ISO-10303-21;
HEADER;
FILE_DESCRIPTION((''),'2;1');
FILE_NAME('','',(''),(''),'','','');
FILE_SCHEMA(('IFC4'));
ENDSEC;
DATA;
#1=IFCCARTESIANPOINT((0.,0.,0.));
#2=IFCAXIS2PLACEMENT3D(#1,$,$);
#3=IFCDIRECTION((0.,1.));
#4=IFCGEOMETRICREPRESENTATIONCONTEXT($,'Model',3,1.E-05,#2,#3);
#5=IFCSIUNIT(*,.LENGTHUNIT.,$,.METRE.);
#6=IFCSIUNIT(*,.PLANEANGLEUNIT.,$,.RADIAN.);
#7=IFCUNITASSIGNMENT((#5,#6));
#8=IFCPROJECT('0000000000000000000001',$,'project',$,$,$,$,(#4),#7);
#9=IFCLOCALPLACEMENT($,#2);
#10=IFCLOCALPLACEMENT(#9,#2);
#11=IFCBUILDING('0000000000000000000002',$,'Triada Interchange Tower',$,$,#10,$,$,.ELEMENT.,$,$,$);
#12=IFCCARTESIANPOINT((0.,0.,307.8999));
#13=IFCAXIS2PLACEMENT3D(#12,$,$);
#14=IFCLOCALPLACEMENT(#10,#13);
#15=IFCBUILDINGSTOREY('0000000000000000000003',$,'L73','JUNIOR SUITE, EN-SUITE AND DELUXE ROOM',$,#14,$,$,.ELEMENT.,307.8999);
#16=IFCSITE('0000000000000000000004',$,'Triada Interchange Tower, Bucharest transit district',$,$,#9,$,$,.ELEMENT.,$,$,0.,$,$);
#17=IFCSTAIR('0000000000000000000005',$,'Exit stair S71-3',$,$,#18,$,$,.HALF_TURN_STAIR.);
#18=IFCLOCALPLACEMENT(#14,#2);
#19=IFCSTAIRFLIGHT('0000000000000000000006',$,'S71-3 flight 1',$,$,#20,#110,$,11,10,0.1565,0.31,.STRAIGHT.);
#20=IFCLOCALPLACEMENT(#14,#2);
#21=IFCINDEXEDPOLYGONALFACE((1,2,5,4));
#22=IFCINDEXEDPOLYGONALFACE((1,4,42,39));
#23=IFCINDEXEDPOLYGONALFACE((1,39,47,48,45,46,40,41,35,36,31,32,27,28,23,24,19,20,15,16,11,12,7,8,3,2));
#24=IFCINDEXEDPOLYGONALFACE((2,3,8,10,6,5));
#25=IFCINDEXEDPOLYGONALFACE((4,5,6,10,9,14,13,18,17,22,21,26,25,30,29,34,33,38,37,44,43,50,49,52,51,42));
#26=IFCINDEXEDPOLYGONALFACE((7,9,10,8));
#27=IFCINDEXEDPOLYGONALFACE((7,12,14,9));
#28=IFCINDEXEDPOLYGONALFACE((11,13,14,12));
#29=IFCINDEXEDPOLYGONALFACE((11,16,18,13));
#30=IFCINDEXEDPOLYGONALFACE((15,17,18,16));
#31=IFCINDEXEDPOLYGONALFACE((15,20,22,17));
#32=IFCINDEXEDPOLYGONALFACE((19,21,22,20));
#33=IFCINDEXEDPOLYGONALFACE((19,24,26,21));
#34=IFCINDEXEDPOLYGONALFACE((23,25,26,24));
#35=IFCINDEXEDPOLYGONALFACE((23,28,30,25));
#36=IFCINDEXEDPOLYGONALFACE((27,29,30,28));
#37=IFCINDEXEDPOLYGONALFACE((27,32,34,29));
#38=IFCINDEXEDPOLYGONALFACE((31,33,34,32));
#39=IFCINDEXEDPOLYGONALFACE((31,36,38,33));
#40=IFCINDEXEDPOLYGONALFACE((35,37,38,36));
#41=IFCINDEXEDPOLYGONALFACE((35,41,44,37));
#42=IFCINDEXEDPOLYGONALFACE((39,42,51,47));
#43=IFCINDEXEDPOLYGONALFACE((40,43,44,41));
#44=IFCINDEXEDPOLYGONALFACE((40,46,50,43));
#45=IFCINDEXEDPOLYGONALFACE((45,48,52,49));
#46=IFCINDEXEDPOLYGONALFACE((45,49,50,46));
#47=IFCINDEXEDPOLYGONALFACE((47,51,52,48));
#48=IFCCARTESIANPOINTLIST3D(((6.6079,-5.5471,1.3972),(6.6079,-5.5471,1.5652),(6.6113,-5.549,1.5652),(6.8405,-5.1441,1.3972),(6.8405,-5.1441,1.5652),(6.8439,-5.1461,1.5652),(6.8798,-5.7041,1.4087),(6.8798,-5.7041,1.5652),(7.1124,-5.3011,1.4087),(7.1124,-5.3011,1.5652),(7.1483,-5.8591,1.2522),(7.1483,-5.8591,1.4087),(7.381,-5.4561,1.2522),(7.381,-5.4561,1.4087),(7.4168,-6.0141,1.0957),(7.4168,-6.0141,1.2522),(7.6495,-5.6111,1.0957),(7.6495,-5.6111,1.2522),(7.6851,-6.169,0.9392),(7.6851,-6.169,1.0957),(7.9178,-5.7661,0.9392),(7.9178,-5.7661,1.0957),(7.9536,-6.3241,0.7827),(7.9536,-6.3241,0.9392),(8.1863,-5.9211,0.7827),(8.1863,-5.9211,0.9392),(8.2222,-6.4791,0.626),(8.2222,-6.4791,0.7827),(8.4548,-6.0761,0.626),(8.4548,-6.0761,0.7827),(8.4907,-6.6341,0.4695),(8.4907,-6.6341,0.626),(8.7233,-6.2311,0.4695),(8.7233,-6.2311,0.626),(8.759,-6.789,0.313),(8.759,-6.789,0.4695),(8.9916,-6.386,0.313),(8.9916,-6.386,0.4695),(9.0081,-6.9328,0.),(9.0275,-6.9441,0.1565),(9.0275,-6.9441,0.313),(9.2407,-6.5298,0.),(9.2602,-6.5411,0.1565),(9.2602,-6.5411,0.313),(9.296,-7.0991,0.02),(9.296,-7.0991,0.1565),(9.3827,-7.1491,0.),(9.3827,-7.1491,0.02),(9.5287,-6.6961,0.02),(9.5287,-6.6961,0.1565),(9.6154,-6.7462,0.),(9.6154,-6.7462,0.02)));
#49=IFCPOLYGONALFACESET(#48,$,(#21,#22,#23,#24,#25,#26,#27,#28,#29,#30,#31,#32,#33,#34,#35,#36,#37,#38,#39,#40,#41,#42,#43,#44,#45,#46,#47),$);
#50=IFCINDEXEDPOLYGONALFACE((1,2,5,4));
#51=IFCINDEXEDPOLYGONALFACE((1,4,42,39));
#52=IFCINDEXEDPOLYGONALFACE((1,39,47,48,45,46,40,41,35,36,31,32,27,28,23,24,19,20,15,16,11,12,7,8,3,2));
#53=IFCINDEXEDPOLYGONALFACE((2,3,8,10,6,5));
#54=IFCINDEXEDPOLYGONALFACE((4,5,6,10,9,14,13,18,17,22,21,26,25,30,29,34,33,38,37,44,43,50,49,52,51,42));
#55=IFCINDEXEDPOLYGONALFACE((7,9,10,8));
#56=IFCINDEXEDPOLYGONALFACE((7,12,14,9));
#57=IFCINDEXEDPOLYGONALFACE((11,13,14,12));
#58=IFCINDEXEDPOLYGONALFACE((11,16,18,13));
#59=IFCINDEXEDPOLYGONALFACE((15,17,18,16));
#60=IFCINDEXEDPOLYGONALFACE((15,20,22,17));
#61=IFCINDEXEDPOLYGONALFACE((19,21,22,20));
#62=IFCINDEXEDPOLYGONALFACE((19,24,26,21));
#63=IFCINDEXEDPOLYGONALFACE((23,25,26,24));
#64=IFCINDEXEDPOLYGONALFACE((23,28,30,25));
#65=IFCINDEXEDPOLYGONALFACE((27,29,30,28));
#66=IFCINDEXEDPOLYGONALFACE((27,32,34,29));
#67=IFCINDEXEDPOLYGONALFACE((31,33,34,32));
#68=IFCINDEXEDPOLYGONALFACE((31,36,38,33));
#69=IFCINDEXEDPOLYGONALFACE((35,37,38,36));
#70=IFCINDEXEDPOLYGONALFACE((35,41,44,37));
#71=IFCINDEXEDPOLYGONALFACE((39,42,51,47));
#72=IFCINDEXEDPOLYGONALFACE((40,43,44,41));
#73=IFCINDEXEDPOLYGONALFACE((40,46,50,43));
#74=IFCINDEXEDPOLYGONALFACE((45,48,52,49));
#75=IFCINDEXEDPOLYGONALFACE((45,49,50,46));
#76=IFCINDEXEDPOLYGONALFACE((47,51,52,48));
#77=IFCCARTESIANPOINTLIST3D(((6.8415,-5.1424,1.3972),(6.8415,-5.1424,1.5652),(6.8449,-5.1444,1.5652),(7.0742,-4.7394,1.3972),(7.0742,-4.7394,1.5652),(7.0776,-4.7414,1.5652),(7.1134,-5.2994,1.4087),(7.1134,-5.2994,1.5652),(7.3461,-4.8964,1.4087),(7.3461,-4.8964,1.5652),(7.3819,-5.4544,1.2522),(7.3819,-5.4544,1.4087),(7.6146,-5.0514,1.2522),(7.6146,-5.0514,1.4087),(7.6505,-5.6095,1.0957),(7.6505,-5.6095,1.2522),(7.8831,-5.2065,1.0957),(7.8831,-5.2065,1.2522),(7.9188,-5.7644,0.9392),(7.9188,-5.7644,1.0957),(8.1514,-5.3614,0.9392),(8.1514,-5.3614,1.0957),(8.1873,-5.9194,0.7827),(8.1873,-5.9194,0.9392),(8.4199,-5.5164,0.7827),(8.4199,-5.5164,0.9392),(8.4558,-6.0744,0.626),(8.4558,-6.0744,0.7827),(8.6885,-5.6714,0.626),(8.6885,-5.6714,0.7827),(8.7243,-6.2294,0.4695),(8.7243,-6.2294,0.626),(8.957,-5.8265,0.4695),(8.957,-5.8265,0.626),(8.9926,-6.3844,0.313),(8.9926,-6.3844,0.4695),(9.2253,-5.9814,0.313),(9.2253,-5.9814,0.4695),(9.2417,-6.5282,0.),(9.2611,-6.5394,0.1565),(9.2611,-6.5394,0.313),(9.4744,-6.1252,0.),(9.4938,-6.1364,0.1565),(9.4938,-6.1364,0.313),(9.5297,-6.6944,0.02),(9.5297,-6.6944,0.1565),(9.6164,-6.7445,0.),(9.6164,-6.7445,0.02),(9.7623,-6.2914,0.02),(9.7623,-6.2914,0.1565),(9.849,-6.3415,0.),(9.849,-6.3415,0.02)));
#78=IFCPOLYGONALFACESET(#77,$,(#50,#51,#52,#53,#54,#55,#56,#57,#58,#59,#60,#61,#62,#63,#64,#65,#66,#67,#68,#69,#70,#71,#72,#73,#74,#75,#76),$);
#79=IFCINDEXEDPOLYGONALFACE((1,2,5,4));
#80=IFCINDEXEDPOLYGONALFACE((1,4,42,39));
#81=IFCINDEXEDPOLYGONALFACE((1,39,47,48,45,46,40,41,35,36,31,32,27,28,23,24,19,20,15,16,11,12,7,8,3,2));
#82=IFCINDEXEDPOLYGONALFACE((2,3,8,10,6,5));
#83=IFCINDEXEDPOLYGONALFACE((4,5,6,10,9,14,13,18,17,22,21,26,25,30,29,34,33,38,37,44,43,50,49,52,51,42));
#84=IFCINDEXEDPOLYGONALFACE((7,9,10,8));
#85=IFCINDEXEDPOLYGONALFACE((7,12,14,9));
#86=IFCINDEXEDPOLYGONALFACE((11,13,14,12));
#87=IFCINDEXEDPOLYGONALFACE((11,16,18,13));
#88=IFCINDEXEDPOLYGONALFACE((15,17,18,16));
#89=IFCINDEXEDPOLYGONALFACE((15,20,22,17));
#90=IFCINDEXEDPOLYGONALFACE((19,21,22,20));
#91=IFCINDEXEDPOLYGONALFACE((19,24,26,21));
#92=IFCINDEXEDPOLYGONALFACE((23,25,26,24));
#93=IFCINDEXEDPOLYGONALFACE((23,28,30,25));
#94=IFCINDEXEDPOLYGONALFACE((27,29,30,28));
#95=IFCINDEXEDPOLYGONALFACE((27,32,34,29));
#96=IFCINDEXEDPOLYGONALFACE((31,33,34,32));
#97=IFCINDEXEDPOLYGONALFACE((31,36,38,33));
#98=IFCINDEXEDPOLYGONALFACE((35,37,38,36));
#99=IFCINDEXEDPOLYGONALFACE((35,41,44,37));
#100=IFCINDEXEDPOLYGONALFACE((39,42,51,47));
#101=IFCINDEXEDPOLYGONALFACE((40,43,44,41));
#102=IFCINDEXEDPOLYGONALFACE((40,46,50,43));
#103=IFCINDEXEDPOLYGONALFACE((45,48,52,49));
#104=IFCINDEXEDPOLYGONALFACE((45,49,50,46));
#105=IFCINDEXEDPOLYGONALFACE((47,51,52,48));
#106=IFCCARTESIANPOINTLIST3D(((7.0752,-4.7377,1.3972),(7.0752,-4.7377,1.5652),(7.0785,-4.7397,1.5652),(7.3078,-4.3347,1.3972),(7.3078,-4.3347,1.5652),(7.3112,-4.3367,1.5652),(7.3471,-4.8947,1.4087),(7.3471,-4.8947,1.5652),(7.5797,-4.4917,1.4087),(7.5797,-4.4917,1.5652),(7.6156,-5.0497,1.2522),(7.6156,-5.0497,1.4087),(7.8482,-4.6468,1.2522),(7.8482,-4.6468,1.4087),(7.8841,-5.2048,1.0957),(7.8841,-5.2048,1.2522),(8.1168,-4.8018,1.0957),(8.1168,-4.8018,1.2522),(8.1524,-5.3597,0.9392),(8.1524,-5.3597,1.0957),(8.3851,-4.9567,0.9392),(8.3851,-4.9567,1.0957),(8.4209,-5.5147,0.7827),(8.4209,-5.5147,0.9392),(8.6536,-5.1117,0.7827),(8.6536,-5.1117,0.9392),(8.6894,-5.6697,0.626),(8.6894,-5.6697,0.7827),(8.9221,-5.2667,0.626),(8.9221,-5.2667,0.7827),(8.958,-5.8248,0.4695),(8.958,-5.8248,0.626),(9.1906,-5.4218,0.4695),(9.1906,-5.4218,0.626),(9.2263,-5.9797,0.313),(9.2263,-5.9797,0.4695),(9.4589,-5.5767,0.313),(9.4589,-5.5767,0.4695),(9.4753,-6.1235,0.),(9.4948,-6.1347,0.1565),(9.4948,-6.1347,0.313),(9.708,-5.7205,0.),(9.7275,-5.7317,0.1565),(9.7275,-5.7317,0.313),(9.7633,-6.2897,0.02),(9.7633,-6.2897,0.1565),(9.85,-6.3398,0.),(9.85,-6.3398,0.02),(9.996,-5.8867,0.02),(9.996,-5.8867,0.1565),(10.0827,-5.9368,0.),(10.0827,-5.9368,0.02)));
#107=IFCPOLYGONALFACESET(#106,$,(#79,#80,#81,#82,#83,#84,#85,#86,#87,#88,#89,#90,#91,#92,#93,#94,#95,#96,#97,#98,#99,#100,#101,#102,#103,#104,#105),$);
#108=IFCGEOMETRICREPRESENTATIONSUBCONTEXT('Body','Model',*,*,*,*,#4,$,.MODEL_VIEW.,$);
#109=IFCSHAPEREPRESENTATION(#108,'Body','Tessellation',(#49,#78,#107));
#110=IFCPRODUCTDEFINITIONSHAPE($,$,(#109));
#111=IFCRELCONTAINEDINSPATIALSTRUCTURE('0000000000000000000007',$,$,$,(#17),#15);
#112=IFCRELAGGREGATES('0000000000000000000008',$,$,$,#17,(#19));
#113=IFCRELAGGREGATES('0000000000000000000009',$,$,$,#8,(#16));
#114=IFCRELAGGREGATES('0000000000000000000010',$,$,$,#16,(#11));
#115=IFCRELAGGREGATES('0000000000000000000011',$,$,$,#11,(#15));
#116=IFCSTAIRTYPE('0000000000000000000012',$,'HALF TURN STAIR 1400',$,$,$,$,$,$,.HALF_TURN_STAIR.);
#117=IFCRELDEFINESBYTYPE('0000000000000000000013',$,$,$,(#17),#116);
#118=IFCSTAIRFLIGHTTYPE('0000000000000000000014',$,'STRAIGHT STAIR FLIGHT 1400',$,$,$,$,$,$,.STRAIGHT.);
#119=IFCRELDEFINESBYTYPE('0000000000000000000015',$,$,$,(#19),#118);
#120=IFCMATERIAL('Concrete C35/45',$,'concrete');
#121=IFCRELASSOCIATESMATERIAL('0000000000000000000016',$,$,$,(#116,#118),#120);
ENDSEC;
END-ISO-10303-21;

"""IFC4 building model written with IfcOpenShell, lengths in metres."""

from ifc_helpers import new_model, si_unit, direction, frame, origin, place, context, subcontext, project, spatial, polyline, outline, extrude, material, type_object, element, aggregate, save


model = new_model("IFC4")

# Units and contexts
model_context = context("Model", 3, precision=1e-05, world=origin(), true_north=direction((0.0, 1.0)))
body_context = subcontext(model_context, "Body", "Model", "MODEL_VIEW")
ifc_project = project(units=[si_unit("LENGTHUNIT", "METRE"), si_unit("PLANEANGLEUNIT", "RADIAN")], contexts=[model_context])

# Site, building, storey
site_placement = place(None, origin())
site = spatial("IfcSite", under=ifc_project, at=site_placement, Name="Triada Interchange Tower, Bucharest transit district", CompositionType="ELEMENT", RefElevation=0.0)
building_placement = place(site_placement, origin())
building = spatial("IfcBuilding", under=site, at=building_placement, Name="Triada Interchange Tower", CompositionType="ELEMENT")
storey_placement = place(building_placement, frame((0.0, 0.0, 307.8999)))
storey = spatial("IfcBuildingStorey", under=building, at=storey_placement, Name="L73", Description="JUNIOR SUITE, EN-SUITE AND DELUXE ROOM", CompositionType="ELEMENT", Elevation=307.8999)

# Stair, stair flight
ifc_material_1 = material(Name="Concrete C35/45", Category="concrete")
stair_type = type_object("IfcStairType", Name="HALF TURN STAIR 1400", PredefinedType="HALF_TURN_STAIR", material=ifc_material_1)
stair_placement = place(storey_placement, origin())
stair = element("IfcStair", 1, at=stair_placement, inside=storey, type_object=stair_type, Name="Exit stair S71-3", PredefinedType="HALF_TURN_STAIR")
stair_flight_type = type_object("IfcStairFlightType", Name="STRAIGHT STAIR FLIGHT 1400", PredefinedType="STRAIGHT", material=ifc_material_1)
stair_flight_1_placement = place(storey_placement, frame((9.646, -6.4929, 0.0), z_axis=(0.0, 0.0, 1.0), x_axis=(-0.866025, 0.5, 0.0)))
stair_flight_1 = element("IfcStairFlight", 2, at=stair_flight_1_placement, type_object=stair_flight_type, Name="S71-3 flight 1", NumberOfRisers=11, NumberOfTreads=10, PredefinedType="STRAIGHT", RiserHeight=0.1565, TreadLength=0.31, context=body_context, shape_type="SweptSolid", body=[
    extrude(outline(polyline([(-0.1001, 0.0), (-0.1001, 0.02), (0.0, 0.02), (0.0, 0.1565), (0.3101, 0.1565), (0.3101, 0.313), (0.6201, 0.313), (0.6201, 0.4695), (0.9299, 0.4695), (0.9299, 0.626), (1.24, 0.626), (1.24, 0.7827), (1.55, 0.7827), (1.55, 0.9392), (1.8601, 0.9392), (1.8601, 1.0957), (2.1699, 1.0957), (2.1699, 1.2522), (2.48, 1.2522), (2.48, 1.4087), (2.79, 1.4087), (2.79, 1.5652), (3.1001, 1.5652), (3.104, 1.5652), (3.104, 1.7217), (3.104, 1.3972), (0.3325, 0.0), (-0.1001, 0.0)])), frame((0.0, 0.7, 0.0), z_axis=(0.0, -1.0, 0.0), x_axis=(1.0, 0.0, 0.0)), (0.0, 0.0, 1.0), 0.4653),
    extrude(outline(polyline([(-0.1001, 0.0), (-0.1001, 0.02), (0.0, 0.02), (0.0, 0.1565), (0.3101, 0.1565), (0.3101, 0.313), (0.6201, 0.313), (0.6201, 0.4695), (0.9299, 0.4695), (0.9299, 0.626), (1.24, 0.626), (1.24, 0.7827), (1.55, 0.7827), (1.55, 0.9392), (1.8601, 0.9392), (1.8601, 1.0957), (2.1699, 1.0957), (2.1699, 1.2522), (2.48, 1.2522), (2.48, 1.4087), (2.79, 1.4087), (2.79, 1.5652), (3.1001, 1.5652), (3.104, 1.5652), (3.104, 1.7217), (3.104, 1.3972), (0.3325, 0.0), (-0.1001, 0.0)])), frame((0.0, 0.2327, 0.0), z_axis=(0.0, -1.0, 0.0), x_axis=(1.0, 0.0, 0.0)), (0.0, 0.0, 1.0), 0.4653),
    extrude(outline(polyline([(-0.1001, 0.0), (-0.1001, 0.02), (0.0, 0.02), (0.0, 0.1565), (0.3101, 0.1565), (0.3101, 0.313), (0.6201, 0.313), (0.6201, 0.4695), (0.9299, 0.4695), (0.9299, 0.626), (1.24, 0.626), (1.24, 0.7827), (1.55, 0.7827), (1.55, 0.9392), (1.8601, 0.9392), (1.8601, 1.0957), (2.1699, 1.0957), (2.1699, 1.2522), (2.48, 1.2522), (2.48, 1.4087), (2.79, 1.4087), (2.79, 1.5652), (3.1001, 1.5652), (3.104, 1.5652), (3.104, 1.7217), (3.104, 1.3972), (0.3325, 0.0), (-0.1001, 0.0)])), frame((0.0, -0.2346, 0.0), z_axis=(0.0, -1.0, 0.0), x_axis=(1.0, 0.0, 0.0)), (0.0, 0.0, 1.0), 0.4653),
])
aggregate(stair, [stair_flight_1])

save(model, "model.ifc")
